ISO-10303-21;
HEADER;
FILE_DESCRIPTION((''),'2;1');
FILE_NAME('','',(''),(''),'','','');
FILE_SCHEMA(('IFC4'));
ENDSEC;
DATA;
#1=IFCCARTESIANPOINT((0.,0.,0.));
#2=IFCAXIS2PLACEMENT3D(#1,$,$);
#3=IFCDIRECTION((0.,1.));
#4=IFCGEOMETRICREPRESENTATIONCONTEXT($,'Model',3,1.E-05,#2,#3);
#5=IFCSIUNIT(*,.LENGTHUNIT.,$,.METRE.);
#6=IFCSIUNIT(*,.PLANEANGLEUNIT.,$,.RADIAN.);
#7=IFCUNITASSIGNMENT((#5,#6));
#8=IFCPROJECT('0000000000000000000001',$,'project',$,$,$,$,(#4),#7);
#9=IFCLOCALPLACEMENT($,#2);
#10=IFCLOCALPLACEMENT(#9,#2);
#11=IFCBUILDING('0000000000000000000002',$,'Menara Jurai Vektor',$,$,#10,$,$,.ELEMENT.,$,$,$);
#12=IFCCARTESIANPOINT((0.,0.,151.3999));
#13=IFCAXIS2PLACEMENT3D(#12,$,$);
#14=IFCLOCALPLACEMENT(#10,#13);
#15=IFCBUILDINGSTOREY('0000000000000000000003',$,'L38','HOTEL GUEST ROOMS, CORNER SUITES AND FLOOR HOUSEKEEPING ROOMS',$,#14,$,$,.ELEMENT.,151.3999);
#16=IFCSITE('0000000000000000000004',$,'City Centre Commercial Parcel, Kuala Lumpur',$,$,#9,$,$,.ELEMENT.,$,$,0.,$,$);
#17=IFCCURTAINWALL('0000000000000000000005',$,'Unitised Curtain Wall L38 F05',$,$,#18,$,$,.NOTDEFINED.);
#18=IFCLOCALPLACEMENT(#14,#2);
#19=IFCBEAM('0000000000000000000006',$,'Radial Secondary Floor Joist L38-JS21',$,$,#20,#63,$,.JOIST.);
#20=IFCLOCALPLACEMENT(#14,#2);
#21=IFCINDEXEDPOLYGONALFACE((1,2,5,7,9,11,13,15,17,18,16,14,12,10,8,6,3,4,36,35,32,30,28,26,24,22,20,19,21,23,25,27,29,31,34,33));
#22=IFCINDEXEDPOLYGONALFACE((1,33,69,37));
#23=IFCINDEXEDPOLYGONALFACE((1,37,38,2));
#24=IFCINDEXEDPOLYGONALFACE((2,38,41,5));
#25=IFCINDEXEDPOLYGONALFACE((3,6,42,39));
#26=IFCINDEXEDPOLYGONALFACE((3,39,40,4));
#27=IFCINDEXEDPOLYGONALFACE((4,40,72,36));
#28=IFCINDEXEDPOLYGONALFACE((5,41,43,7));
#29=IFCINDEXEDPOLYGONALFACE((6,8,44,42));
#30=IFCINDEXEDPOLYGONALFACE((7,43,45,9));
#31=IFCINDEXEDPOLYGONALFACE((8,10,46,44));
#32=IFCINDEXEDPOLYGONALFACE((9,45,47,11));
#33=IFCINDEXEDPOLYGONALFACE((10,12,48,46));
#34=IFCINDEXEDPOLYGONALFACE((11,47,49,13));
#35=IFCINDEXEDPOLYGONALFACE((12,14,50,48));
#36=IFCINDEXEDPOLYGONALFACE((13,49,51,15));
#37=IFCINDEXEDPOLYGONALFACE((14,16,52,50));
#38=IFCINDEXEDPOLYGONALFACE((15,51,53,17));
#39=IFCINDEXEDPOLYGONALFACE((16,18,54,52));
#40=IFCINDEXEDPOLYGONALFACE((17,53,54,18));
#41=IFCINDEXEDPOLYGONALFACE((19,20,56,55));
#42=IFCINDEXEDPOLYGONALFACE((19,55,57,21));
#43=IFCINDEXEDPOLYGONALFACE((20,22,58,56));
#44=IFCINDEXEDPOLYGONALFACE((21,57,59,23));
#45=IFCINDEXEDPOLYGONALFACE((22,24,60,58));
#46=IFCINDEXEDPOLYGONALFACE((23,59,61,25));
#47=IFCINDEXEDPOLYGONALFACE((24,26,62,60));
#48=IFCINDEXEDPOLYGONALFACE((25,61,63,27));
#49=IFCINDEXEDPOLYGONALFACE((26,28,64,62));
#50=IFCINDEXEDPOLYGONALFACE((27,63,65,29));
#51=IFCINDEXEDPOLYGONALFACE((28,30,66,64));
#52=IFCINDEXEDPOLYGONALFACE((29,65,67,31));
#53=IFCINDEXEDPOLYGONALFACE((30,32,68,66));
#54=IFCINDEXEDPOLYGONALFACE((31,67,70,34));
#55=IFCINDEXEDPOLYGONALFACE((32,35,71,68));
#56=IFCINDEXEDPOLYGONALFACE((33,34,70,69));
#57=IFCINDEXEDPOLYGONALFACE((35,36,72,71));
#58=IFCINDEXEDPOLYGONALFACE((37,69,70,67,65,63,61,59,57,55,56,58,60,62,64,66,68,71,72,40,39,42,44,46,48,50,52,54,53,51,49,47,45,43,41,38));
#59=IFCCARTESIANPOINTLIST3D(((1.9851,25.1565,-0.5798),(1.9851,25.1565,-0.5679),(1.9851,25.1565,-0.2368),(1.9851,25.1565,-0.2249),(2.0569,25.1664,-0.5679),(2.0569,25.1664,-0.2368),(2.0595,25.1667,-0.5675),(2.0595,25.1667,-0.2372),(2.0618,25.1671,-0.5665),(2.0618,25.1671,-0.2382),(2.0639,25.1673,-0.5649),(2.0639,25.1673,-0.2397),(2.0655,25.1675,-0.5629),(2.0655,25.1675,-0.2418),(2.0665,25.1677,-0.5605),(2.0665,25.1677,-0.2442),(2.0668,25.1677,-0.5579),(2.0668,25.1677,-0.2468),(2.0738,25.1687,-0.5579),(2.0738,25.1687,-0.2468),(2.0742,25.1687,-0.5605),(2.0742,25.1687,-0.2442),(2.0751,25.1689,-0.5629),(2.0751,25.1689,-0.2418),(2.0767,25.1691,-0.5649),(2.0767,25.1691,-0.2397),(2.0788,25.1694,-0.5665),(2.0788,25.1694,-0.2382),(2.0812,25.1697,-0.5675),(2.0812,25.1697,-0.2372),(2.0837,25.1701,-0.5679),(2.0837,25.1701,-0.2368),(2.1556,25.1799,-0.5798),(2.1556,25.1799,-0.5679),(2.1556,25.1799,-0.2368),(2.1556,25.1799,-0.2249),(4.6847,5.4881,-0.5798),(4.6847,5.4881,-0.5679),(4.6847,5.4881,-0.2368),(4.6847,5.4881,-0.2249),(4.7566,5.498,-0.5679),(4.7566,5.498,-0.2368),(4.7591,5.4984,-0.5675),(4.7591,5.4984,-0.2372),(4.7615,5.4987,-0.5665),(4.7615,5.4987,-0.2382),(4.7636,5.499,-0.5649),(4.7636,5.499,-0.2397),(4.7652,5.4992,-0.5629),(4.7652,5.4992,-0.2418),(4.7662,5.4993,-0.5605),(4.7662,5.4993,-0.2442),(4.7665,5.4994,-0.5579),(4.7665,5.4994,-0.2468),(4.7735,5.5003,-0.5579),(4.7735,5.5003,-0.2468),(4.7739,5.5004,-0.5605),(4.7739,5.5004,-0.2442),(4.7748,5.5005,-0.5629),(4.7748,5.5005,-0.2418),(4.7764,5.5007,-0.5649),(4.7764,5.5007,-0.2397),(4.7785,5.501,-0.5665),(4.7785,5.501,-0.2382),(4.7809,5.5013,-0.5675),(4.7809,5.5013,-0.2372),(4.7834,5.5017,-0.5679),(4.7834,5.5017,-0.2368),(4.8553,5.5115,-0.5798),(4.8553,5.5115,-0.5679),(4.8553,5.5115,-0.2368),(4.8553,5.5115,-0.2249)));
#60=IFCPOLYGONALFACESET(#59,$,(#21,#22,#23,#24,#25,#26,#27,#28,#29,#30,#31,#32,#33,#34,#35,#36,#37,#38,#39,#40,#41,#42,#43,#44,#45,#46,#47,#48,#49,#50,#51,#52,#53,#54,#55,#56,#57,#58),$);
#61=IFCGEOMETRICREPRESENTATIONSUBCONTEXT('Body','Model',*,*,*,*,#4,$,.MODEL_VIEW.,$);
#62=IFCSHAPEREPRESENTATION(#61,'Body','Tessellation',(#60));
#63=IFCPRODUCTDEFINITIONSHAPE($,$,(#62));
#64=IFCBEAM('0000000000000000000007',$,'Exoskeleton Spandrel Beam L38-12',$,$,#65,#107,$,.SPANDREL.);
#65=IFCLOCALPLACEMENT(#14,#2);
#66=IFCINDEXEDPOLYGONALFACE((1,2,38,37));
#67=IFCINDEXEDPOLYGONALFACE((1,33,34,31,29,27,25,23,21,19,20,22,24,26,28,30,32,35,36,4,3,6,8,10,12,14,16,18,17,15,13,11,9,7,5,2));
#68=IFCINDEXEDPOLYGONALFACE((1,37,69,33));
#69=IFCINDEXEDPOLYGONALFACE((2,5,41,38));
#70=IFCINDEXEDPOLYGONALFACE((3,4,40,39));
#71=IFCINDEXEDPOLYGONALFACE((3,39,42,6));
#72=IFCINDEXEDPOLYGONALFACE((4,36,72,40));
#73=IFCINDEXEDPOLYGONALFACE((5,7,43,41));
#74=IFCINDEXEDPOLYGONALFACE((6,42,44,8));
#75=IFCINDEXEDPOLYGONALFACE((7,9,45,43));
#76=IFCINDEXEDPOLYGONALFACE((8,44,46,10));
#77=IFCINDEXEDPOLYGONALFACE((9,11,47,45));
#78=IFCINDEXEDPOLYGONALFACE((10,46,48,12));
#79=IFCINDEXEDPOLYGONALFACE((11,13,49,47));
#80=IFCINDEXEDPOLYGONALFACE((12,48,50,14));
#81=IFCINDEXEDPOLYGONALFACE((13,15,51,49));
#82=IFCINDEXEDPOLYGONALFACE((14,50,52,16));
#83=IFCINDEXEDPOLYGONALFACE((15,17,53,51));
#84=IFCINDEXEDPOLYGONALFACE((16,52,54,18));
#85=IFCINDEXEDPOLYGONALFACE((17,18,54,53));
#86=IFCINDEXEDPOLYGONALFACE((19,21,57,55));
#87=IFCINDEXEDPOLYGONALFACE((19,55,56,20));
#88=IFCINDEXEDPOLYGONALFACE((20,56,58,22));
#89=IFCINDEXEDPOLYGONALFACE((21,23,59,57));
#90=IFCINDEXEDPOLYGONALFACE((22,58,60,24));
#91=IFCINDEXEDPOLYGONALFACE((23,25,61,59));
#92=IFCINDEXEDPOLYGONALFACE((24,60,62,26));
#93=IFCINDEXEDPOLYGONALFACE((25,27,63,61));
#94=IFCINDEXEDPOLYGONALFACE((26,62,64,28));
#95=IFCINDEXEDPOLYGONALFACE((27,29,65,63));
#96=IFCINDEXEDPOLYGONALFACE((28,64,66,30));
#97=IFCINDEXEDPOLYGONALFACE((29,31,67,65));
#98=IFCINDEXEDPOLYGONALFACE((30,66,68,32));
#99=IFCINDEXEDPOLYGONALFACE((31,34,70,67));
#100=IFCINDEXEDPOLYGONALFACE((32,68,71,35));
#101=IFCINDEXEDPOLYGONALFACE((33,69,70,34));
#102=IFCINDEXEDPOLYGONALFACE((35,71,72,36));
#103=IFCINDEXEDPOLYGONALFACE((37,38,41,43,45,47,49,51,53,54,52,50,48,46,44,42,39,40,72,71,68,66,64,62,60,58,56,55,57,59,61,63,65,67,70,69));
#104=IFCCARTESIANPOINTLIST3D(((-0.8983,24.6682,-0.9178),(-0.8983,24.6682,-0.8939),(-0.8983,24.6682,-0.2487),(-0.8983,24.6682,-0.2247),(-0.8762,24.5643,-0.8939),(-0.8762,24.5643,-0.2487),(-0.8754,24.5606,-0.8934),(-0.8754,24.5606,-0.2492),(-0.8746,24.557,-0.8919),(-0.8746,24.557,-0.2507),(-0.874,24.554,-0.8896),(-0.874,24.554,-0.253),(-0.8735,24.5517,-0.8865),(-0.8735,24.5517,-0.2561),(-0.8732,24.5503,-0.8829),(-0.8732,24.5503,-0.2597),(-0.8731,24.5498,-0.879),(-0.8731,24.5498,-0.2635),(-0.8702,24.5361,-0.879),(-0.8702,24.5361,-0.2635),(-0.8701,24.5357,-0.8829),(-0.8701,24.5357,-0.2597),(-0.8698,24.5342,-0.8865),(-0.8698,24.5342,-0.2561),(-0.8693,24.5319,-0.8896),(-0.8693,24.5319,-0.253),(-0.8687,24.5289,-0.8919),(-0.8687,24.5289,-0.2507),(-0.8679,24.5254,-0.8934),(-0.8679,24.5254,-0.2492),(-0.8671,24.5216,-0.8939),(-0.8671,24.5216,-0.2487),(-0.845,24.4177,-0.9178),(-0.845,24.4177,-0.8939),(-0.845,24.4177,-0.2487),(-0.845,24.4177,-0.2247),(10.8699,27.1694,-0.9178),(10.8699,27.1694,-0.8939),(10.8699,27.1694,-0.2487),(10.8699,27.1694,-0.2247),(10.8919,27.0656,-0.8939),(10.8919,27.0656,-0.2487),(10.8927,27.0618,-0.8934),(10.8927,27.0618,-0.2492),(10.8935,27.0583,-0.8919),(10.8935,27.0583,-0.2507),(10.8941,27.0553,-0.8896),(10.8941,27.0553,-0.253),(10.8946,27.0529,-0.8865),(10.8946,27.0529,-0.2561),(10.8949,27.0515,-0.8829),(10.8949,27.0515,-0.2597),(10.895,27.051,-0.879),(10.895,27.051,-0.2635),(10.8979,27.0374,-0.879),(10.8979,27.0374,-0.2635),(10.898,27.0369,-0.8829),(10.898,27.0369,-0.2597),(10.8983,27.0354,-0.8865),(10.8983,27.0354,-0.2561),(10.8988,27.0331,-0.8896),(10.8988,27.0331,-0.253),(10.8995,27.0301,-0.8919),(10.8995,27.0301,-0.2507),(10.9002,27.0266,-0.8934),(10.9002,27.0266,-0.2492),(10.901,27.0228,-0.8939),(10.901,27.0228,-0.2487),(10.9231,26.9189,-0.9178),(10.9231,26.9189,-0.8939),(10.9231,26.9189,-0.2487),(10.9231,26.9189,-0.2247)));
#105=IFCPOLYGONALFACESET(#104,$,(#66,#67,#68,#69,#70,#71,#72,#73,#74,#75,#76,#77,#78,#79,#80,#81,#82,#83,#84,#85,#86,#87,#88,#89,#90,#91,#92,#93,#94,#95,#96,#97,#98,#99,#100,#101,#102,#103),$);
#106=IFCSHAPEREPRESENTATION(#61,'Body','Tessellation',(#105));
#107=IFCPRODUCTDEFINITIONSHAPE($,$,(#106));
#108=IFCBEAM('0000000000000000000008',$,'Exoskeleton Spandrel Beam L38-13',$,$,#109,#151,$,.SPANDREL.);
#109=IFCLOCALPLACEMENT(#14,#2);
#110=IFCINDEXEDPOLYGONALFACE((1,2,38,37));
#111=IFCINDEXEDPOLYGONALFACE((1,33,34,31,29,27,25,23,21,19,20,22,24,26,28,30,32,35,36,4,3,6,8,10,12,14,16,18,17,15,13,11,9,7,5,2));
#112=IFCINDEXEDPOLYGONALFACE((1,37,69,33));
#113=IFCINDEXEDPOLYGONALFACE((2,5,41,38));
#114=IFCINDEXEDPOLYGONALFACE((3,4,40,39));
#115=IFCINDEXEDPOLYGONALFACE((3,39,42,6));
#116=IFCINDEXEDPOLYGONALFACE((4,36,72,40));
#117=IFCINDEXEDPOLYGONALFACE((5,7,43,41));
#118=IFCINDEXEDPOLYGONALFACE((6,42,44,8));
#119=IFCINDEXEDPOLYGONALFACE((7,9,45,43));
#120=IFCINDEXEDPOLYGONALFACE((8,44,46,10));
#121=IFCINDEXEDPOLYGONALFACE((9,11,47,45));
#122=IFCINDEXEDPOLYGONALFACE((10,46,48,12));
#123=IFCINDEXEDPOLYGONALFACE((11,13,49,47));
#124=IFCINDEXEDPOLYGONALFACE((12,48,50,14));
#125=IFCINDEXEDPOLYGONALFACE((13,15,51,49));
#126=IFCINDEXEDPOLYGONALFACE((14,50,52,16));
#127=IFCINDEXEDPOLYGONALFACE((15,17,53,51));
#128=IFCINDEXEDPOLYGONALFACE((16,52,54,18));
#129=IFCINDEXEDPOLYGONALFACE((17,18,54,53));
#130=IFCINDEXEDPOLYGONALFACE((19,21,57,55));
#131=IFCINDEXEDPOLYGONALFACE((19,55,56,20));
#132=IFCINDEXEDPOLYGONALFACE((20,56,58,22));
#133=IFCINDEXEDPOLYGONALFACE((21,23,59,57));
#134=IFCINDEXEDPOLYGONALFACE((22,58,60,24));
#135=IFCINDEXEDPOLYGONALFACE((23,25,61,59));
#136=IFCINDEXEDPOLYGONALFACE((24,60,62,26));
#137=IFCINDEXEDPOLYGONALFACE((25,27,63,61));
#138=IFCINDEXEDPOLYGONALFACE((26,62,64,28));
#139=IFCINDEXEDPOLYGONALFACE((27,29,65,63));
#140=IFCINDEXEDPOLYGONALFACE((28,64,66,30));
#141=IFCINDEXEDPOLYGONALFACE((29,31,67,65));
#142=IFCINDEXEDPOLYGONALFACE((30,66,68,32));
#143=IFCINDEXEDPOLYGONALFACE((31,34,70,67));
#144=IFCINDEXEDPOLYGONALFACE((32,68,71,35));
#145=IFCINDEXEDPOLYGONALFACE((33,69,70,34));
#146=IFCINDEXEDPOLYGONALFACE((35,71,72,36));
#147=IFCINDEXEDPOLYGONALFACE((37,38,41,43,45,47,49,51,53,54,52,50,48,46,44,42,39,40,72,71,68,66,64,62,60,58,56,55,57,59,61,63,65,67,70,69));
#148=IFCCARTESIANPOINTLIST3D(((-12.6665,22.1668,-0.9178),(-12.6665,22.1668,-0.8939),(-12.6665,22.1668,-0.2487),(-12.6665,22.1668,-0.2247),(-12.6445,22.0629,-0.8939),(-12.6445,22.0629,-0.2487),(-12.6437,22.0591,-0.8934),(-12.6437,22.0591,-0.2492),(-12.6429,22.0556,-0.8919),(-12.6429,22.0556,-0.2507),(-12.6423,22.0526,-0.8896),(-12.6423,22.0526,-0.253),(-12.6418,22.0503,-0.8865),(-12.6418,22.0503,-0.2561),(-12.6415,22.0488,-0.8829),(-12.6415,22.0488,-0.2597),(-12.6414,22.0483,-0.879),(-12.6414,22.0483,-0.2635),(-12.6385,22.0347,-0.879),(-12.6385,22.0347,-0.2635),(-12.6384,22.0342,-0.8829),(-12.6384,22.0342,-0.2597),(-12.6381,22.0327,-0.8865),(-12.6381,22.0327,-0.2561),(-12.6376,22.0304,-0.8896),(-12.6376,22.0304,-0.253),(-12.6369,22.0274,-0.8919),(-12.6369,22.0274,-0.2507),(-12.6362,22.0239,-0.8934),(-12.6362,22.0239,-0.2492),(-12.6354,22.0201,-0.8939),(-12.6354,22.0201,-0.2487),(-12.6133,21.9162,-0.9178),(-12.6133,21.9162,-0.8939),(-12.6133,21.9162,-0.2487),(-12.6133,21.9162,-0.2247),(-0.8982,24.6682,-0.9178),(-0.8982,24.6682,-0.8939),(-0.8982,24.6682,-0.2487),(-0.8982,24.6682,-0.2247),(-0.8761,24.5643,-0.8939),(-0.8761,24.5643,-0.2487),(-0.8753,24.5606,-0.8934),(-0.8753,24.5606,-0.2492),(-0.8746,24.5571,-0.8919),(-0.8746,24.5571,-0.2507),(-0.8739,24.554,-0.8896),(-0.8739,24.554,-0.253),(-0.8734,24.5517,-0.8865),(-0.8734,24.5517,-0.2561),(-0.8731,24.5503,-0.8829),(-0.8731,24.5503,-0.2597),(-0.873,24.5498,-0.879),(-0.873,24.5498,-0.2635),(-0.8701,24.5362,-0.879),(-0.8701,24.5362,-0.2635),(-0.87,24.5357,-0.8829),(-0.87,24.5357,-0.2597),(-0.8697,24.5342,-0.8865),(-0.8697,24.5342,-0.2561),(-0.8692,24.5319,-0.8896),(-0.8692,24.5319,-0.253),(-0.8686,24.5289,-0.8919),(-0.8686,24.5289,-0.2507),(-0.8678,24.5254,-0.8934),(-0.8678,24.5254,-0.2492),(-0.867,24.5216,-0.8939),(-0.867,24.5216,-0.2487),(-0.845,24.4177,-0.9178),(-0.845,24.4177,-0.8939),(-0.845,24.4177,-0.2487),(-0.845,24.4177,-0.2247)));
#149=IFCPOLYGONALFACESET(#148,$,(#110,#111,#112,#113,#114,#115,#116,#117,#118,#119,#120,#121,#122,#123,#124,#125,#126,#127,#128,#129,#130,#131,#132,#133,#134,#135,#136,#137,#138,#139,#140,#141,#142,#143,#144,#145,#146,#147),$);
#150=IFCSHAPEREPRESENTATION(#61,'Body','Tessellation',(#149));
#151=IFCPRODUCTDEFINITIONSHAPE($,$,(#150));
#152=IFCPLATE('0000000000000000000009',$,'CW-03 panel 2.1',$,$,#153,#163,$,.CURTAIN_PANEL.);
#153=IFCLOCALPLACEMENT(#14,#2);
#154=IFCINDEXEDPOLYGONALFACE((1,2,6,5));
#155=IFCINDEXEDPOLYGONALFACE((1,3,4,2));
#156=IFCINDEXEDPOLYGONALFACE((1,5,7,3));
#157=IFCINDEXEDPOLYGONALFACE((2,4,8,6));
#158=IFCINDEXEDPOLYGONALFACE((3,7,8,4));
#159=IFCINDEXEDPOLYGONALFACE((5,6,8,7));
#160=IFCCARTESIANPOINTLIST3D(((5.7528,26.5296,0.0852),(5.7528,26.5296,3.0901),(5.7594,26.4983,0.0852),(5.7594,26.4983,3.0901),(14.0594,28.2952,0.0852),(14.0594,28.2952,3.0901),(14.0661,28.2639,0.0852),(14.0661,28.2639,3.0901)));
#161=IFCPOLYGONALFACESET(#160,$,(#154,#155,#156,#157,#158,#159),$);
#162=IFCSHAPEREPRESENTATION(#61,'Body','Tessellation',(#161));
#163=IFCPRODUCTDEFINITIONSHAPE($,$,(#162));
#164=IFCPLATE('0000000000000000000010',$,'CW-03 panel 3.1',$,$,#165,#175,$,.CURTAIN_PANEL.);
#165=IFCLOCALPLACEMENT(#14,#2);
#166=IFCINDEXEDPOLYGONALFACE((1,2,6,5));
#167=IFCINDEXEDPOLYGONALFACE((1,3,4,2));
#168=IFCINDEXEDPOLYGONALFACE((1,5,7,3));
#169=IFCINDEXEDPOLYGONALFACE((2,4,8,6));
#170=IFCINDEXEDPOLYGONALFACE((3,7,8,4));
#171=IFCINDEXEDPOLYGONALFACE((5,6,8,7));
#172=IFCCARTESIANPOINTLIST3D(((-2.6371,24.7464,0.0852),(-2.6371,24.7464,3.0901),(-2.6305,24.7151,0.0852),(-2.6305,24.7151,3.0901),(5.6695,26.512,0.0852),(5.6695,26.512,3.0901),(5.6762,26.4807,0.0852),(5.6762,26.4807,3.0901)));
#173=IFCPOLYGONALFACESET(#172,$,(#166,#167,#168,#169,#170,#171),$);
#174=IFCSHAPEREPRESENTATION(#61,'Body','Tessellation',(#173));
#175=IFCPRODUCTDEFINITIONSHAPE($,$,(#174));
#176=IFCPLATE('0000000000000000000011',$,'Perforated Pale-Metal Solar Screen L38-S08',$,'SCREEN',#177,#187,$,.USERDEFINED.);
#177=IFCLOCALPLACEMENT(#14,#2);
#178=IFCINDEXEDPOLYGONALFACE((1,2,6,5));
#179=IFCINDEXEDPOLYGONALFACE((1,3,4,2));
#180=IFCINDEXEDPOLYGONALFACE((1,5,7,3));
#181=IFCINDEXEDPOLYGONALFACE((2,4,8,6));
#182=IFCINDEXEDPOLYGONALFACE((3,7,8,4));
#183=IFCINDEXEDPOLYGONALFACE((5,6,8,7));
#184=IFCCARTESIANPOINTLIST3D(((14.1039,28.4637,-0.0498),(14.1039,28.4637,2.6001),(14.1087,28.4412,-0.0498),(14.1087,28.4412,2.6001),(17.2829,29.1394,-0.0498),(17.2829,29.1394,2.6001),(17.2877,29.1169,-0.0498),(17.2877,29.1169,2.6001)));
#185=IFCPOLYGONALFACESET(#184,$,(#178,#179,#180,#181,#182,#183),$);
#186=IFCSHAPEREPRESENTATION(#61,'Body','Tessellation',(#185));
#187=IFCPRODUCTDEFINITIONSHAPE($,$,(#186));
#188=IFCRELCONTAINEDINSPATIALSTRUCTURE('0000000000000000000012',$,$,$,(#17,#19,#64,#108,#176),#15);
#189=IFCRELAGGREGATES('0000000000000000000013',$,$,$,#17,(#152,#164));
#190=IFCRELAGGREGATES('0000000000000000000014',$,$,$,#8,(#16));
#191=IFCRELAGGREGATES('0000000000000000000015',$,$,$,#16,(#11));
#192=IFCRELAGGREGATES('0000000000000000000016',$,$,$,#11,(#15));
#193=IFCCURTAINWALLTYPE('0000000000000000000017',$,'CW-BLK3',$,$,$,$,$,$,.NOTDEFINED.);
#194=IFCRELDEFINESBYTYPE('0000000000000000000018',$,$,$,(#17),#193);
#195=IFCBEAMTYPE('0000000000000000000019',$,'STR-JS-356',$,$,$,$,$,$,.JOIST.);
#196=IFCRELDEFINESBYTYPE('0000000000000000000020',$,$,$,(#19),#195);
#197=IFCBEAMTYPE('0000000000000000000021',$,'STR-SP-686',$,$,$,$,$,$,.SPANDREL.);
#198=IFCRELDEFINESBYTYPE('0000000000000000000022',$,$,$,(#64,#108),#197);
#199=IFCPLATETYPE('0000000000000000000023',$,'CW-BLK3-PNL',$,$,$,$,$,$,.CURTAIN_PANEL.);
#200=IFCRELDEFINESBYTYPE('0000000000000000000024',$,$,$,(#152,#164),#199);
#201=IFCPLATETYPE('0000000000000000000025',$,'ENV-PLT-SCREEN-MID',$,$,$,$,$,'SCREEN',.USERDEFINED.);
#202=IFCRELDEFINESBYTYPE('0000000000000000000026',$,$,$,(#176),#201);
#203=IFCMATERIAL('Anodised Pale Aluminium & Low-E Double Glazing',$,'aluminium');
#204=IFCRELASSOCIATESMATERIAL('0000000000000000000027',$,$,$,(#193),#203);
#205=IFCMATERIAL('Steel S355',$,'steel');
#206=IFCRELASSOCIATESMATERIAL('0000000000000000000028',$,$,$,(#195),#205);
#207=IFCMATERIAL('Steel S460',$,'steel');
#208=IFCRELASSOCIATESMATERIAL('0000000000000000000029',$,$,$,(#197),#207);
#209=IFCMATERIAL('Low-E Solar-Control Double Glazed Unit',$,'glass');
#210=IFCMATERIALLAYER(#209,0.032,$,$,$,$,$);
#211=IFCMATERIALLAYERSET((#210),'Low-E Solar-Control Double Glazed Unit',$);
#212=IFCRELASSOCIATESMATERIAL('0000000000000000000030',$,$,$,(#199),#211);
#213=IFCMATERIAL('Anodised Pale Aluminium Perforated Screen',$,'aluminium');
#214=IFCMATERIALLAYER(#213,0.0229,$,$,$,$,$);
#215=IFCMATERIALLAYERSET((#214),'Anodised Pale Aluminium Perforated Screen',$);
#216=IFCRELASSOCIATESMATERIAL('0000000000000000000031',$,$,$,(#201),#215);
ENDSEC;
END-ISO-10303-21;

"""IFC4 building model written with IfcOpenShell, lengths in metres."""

from ifc_helpers import new_model, si_unit, direction, frame, origin, origin_2d, place, context, subcontext, project, spatial, rectangle, i_section, extrude, material, layer, layer_set, material_profile, profile_set, type_object, element, aggregate, save


model = new_model("IFC4")

# Units and contexts
model_context = context("Model", 3, precision=1e-05, world=origin(), true_north=direction((0.0, 1.0)))
body_context = subcontext(model_context, "Body", "Model", "MODEL_VIEW")
ifc_project = project(units=[si_unit("LENGTHUNIT", "METRE"), si_unit("PLANEANGLEUNIT", "RADIAN")], contexts=[model_context])

# Site, building, storey
site_placement = place(None, origin())
site = spatial("IfcSite", under=ifc_project, at=site_placement, Name="City Centre Commercial Parcel, Kuala Lumpur", CompositionType="ELEMENT", RefElevation=0.0)
building_placement = place(site_placement, origin())
building = spatial("IfcBuilding", under=site, at=building_placement, Name="Menara Jurai Vektor", CompositionType="ELEMENT")
storey_placement = place(building_placement, frame((0.0, 0.0, 151.3999)))
storey = spatial("IfcBuildingStorey", under=building, at=storey_placement, Name="L38", Description="HOTEL GUEST ROOMS, CORNER SUITES AND FLOOR HOUSEKEEPING ROOMS", CompositionType="ELEMENT", Elevation=151.3999)

# Shared definitions
ifc_material_1 = material(Name="Steel S460", Category="steel")

# Curtain wall
ifc_material_2 = material(Name="Anodised Pale Aluminium & Low-E Double Glazing", Category="aluminium")
curtain_wall_type = type_object("IfcCurtainWallType", Name="CW-BLK3", PredefinedType="NOTDEFINED", material=ifc_material_2)
curtain_wall_placement = place(storey_placement, origin())
curtain_wall = element("IfcCurtainWall", 1, at=curtain_wall_placement, inside=storey, type_object=curtain_wall_type, Name="Unitised Curtain Wall L38 F05", PredefinedType="NOTDEFINED")

# Beams
ifc_material_3 = material(Name="Steel S355", Category="steel")
ifc_material_profile_1 = material_profile(ifc_material_3, i_section(OverallWidth=0.1721, OverallDepth=0.355, WebThickness=0.0071, FlangeThickness=0.012, FilletRadius=0.01, at=origin_2d()), Name="UKB 356x171x51")
ifc_profile_set_1 = profile_set([ifc_material_profile_1], Name="Steel S355")
beam_type_1 = type_object("IfcBeamType", Name="STR-JS-356", PredefinedType="JOIST", material=ifc_profile_set_1)
beam_1_placement = place(storey_placement, frame((2.0703, 25.1682, -0.4023), z_axis=(0.135986, -0.990711, 0.0), x_axis=(0.990711, 0.135986, 0.0)))
element("IfcBeam", 2, at=beam_1_placement, inside=storey, type_object=beam_type_1, Name="Radial Secondary Floor Joist L38-JS21", PredefinedType="JOIST", context=body_context, shape_type="SweptSolid", body=[
    extrude(i_section(OverallWidth=0.1721, OverallDepth=0.355, WebThickness=0.0071, FlangeThickness=0.012, FilletRadius=0.01, at=origin_2d()), origin(), (0.0, 0.0, 1.0), 19.8528),
])
ifc_material_profile_2 = material_profile(ifc_material_1, i_section(OverallWidth=0.2561, OverallDepth=0.6931, WebThickness=0.0139, FlangeThickness=0.0239, FilletRadius=0.0149, at=origin_2d()), Name="UKB 686x254x170")
ifc_profile_set_2 = profile_set([ifc_material_profile_2], Name="Steel S460")
beam_type_2 = type_object("IfcBeamType", Name="STR-SP-686", PredefinedType="SPANDREL", material=ifc_profile_set_2)
beam_2_placement = place(storey_placement, frame((10.8965, 27.0442, -0.5713), z_axis=(-0.97815, -0.207899, 0.0), x_axis=(0.207899, -0.97815, 0.0)))
element("IfcBeam", 3, at=beam_2_placement, inside=storey, type_object=beam_type_2, Name="Exoskeleton Spandrel Beam L38-12", PredefinedType="SPANDREL", context=body_context, shape_type="SweptSolid", body=[
    extrude(i_section(OverallWidth=0.2561, OverallDepth=0.6931, WebThickness=0.0139, FlangeThickness=0.0239, FilletRadius=0.0149, at=origin_2d()), origin(), (0.0, 0.0, 1.0), 12.031),
])
beam_3_placement = place(storey_placement, frame((-0.8716, 24.543, -0.5713), z_axis=(-0.978147, -0.207914, 0.0), x_axis=(0.207914, -0.978147, 0.0)))
element("IfcBeam", 4, at=beam_3_placement, inside=storey, type_object=beam_type_2, Name="Exoskeleton Spandrel Beam L38-13", PredefinedType="SPANDREL", context=body_context, shape_type="SweptSolid", body=[
    extrude(i_section(OverallWidth=0.2561, OverallDepth=0.6931, WebThickness=0.0139, FlangeThickness=0.0239, FilletRadius=0.0149, at=origin_2d()), origin(), (0.0, 0.0, 1.0), 12.0312),
])

# Plates
ifc_material_4 = material(Name="Low-E Solar-Control Double Glazed Unit", Category="glass")
ifc_layer_1 = layer(ifc_material_4, 0.032)
ifc_layer_set_1 = layer_set([ifc_layer_1], Name="Low-E Solar-Control Double Glazed Unit")
plate_type_1 = type_object("IfcPlateType", Name="CW-BLK3-PNL", PredefinedType="CURTAIN_PANEL", material=ifc_layer_set_1)
plate_1_placement = place(storey_placement, frame((9.9094, 27.3967, 0.0852), z_axis=(0.0, 0.0, 1.0), x_axis=(-0.978148, -0.207911, 0.0)))
plate_1 = element("IfcPlate", 5, at=plate_1_placement, type_object=plate_type_1, Name="CW-03 panel 2.1", PredefinedType="CURTAIN_PANEL", context=body_context, shape_type="SweptSolid", body=[
    extrude(rectangle(XDim=8.4922, YDim=0.032, at=origin_2d()), origin(), (0.0, 0.0, 1.0), 3.0049),
])
plate_2_placement = place(storey_placement, frame((1.5195, 25.6135, 0.0852), z_axis=(0.0, 0.0, 1.0), x_axis=(-0.978148, -0.207911, 0.0)))
plate_2 = element("IfcPlate", 6, at=plate_2_placement, type_object=plate_type_1, Name="CW-03 panel 3.1", PredefinedType="CURTAIN_PANEL", context=body_context, shape_type="SweptSolid", body=[
    extrude(rectangle(XDim=8.4922, YDim=0.032, at=origin_2d()), origin(), (0.0, 0.0, 1.0), 3.0049),
])
aggregate(curtain_wall, [plate_1, plate_2])

# Plate
ifc_material_5 = material(Name="Anodised Pale Aluminium Perforated Screen", Category="aluminium")
ifc_layer_2 = layer(ifc_material_5, 0.0229)
ifc_layer_set_2 = layer_set([ifc_layer_2], Name="Anodised Pale Aluminium Perforated Screen")
plate_type_2 = type_object("IfcPlateType", Name="ENV-PLT-SCREEN-MID", ElementType="SCREEN", PredefinedType="USERDEFINED", material=ifc_layer_set_2)
for number, where, z_axis, x_axis, name in (
    (7, (15.6958, 28.7903, -0.0498), (0.0, 0.0, 1.0), (-0.978148, -0.207912, 0.0), "Perforated Pale-Metal Solar Screen L38-S08"),
):
    element("IfcPlate", number, at=place(storey_placement, frame(where, z_axis=z_axis, x_axis=x_axis)), inside=storey, type_object=plate_type_2, Name=name, ObjectType="SCREEN", PredefinedType="USERDEFINED", context=body_context, shape_type="SweptSolid", body=[
        extrude(rectangle(XDim=3.25, YDim=0.0229, at=origin_2d()), origin(), (0.0, 0.0, 1.0), 2.6499),
    ])

save(model, "model.ifc")
